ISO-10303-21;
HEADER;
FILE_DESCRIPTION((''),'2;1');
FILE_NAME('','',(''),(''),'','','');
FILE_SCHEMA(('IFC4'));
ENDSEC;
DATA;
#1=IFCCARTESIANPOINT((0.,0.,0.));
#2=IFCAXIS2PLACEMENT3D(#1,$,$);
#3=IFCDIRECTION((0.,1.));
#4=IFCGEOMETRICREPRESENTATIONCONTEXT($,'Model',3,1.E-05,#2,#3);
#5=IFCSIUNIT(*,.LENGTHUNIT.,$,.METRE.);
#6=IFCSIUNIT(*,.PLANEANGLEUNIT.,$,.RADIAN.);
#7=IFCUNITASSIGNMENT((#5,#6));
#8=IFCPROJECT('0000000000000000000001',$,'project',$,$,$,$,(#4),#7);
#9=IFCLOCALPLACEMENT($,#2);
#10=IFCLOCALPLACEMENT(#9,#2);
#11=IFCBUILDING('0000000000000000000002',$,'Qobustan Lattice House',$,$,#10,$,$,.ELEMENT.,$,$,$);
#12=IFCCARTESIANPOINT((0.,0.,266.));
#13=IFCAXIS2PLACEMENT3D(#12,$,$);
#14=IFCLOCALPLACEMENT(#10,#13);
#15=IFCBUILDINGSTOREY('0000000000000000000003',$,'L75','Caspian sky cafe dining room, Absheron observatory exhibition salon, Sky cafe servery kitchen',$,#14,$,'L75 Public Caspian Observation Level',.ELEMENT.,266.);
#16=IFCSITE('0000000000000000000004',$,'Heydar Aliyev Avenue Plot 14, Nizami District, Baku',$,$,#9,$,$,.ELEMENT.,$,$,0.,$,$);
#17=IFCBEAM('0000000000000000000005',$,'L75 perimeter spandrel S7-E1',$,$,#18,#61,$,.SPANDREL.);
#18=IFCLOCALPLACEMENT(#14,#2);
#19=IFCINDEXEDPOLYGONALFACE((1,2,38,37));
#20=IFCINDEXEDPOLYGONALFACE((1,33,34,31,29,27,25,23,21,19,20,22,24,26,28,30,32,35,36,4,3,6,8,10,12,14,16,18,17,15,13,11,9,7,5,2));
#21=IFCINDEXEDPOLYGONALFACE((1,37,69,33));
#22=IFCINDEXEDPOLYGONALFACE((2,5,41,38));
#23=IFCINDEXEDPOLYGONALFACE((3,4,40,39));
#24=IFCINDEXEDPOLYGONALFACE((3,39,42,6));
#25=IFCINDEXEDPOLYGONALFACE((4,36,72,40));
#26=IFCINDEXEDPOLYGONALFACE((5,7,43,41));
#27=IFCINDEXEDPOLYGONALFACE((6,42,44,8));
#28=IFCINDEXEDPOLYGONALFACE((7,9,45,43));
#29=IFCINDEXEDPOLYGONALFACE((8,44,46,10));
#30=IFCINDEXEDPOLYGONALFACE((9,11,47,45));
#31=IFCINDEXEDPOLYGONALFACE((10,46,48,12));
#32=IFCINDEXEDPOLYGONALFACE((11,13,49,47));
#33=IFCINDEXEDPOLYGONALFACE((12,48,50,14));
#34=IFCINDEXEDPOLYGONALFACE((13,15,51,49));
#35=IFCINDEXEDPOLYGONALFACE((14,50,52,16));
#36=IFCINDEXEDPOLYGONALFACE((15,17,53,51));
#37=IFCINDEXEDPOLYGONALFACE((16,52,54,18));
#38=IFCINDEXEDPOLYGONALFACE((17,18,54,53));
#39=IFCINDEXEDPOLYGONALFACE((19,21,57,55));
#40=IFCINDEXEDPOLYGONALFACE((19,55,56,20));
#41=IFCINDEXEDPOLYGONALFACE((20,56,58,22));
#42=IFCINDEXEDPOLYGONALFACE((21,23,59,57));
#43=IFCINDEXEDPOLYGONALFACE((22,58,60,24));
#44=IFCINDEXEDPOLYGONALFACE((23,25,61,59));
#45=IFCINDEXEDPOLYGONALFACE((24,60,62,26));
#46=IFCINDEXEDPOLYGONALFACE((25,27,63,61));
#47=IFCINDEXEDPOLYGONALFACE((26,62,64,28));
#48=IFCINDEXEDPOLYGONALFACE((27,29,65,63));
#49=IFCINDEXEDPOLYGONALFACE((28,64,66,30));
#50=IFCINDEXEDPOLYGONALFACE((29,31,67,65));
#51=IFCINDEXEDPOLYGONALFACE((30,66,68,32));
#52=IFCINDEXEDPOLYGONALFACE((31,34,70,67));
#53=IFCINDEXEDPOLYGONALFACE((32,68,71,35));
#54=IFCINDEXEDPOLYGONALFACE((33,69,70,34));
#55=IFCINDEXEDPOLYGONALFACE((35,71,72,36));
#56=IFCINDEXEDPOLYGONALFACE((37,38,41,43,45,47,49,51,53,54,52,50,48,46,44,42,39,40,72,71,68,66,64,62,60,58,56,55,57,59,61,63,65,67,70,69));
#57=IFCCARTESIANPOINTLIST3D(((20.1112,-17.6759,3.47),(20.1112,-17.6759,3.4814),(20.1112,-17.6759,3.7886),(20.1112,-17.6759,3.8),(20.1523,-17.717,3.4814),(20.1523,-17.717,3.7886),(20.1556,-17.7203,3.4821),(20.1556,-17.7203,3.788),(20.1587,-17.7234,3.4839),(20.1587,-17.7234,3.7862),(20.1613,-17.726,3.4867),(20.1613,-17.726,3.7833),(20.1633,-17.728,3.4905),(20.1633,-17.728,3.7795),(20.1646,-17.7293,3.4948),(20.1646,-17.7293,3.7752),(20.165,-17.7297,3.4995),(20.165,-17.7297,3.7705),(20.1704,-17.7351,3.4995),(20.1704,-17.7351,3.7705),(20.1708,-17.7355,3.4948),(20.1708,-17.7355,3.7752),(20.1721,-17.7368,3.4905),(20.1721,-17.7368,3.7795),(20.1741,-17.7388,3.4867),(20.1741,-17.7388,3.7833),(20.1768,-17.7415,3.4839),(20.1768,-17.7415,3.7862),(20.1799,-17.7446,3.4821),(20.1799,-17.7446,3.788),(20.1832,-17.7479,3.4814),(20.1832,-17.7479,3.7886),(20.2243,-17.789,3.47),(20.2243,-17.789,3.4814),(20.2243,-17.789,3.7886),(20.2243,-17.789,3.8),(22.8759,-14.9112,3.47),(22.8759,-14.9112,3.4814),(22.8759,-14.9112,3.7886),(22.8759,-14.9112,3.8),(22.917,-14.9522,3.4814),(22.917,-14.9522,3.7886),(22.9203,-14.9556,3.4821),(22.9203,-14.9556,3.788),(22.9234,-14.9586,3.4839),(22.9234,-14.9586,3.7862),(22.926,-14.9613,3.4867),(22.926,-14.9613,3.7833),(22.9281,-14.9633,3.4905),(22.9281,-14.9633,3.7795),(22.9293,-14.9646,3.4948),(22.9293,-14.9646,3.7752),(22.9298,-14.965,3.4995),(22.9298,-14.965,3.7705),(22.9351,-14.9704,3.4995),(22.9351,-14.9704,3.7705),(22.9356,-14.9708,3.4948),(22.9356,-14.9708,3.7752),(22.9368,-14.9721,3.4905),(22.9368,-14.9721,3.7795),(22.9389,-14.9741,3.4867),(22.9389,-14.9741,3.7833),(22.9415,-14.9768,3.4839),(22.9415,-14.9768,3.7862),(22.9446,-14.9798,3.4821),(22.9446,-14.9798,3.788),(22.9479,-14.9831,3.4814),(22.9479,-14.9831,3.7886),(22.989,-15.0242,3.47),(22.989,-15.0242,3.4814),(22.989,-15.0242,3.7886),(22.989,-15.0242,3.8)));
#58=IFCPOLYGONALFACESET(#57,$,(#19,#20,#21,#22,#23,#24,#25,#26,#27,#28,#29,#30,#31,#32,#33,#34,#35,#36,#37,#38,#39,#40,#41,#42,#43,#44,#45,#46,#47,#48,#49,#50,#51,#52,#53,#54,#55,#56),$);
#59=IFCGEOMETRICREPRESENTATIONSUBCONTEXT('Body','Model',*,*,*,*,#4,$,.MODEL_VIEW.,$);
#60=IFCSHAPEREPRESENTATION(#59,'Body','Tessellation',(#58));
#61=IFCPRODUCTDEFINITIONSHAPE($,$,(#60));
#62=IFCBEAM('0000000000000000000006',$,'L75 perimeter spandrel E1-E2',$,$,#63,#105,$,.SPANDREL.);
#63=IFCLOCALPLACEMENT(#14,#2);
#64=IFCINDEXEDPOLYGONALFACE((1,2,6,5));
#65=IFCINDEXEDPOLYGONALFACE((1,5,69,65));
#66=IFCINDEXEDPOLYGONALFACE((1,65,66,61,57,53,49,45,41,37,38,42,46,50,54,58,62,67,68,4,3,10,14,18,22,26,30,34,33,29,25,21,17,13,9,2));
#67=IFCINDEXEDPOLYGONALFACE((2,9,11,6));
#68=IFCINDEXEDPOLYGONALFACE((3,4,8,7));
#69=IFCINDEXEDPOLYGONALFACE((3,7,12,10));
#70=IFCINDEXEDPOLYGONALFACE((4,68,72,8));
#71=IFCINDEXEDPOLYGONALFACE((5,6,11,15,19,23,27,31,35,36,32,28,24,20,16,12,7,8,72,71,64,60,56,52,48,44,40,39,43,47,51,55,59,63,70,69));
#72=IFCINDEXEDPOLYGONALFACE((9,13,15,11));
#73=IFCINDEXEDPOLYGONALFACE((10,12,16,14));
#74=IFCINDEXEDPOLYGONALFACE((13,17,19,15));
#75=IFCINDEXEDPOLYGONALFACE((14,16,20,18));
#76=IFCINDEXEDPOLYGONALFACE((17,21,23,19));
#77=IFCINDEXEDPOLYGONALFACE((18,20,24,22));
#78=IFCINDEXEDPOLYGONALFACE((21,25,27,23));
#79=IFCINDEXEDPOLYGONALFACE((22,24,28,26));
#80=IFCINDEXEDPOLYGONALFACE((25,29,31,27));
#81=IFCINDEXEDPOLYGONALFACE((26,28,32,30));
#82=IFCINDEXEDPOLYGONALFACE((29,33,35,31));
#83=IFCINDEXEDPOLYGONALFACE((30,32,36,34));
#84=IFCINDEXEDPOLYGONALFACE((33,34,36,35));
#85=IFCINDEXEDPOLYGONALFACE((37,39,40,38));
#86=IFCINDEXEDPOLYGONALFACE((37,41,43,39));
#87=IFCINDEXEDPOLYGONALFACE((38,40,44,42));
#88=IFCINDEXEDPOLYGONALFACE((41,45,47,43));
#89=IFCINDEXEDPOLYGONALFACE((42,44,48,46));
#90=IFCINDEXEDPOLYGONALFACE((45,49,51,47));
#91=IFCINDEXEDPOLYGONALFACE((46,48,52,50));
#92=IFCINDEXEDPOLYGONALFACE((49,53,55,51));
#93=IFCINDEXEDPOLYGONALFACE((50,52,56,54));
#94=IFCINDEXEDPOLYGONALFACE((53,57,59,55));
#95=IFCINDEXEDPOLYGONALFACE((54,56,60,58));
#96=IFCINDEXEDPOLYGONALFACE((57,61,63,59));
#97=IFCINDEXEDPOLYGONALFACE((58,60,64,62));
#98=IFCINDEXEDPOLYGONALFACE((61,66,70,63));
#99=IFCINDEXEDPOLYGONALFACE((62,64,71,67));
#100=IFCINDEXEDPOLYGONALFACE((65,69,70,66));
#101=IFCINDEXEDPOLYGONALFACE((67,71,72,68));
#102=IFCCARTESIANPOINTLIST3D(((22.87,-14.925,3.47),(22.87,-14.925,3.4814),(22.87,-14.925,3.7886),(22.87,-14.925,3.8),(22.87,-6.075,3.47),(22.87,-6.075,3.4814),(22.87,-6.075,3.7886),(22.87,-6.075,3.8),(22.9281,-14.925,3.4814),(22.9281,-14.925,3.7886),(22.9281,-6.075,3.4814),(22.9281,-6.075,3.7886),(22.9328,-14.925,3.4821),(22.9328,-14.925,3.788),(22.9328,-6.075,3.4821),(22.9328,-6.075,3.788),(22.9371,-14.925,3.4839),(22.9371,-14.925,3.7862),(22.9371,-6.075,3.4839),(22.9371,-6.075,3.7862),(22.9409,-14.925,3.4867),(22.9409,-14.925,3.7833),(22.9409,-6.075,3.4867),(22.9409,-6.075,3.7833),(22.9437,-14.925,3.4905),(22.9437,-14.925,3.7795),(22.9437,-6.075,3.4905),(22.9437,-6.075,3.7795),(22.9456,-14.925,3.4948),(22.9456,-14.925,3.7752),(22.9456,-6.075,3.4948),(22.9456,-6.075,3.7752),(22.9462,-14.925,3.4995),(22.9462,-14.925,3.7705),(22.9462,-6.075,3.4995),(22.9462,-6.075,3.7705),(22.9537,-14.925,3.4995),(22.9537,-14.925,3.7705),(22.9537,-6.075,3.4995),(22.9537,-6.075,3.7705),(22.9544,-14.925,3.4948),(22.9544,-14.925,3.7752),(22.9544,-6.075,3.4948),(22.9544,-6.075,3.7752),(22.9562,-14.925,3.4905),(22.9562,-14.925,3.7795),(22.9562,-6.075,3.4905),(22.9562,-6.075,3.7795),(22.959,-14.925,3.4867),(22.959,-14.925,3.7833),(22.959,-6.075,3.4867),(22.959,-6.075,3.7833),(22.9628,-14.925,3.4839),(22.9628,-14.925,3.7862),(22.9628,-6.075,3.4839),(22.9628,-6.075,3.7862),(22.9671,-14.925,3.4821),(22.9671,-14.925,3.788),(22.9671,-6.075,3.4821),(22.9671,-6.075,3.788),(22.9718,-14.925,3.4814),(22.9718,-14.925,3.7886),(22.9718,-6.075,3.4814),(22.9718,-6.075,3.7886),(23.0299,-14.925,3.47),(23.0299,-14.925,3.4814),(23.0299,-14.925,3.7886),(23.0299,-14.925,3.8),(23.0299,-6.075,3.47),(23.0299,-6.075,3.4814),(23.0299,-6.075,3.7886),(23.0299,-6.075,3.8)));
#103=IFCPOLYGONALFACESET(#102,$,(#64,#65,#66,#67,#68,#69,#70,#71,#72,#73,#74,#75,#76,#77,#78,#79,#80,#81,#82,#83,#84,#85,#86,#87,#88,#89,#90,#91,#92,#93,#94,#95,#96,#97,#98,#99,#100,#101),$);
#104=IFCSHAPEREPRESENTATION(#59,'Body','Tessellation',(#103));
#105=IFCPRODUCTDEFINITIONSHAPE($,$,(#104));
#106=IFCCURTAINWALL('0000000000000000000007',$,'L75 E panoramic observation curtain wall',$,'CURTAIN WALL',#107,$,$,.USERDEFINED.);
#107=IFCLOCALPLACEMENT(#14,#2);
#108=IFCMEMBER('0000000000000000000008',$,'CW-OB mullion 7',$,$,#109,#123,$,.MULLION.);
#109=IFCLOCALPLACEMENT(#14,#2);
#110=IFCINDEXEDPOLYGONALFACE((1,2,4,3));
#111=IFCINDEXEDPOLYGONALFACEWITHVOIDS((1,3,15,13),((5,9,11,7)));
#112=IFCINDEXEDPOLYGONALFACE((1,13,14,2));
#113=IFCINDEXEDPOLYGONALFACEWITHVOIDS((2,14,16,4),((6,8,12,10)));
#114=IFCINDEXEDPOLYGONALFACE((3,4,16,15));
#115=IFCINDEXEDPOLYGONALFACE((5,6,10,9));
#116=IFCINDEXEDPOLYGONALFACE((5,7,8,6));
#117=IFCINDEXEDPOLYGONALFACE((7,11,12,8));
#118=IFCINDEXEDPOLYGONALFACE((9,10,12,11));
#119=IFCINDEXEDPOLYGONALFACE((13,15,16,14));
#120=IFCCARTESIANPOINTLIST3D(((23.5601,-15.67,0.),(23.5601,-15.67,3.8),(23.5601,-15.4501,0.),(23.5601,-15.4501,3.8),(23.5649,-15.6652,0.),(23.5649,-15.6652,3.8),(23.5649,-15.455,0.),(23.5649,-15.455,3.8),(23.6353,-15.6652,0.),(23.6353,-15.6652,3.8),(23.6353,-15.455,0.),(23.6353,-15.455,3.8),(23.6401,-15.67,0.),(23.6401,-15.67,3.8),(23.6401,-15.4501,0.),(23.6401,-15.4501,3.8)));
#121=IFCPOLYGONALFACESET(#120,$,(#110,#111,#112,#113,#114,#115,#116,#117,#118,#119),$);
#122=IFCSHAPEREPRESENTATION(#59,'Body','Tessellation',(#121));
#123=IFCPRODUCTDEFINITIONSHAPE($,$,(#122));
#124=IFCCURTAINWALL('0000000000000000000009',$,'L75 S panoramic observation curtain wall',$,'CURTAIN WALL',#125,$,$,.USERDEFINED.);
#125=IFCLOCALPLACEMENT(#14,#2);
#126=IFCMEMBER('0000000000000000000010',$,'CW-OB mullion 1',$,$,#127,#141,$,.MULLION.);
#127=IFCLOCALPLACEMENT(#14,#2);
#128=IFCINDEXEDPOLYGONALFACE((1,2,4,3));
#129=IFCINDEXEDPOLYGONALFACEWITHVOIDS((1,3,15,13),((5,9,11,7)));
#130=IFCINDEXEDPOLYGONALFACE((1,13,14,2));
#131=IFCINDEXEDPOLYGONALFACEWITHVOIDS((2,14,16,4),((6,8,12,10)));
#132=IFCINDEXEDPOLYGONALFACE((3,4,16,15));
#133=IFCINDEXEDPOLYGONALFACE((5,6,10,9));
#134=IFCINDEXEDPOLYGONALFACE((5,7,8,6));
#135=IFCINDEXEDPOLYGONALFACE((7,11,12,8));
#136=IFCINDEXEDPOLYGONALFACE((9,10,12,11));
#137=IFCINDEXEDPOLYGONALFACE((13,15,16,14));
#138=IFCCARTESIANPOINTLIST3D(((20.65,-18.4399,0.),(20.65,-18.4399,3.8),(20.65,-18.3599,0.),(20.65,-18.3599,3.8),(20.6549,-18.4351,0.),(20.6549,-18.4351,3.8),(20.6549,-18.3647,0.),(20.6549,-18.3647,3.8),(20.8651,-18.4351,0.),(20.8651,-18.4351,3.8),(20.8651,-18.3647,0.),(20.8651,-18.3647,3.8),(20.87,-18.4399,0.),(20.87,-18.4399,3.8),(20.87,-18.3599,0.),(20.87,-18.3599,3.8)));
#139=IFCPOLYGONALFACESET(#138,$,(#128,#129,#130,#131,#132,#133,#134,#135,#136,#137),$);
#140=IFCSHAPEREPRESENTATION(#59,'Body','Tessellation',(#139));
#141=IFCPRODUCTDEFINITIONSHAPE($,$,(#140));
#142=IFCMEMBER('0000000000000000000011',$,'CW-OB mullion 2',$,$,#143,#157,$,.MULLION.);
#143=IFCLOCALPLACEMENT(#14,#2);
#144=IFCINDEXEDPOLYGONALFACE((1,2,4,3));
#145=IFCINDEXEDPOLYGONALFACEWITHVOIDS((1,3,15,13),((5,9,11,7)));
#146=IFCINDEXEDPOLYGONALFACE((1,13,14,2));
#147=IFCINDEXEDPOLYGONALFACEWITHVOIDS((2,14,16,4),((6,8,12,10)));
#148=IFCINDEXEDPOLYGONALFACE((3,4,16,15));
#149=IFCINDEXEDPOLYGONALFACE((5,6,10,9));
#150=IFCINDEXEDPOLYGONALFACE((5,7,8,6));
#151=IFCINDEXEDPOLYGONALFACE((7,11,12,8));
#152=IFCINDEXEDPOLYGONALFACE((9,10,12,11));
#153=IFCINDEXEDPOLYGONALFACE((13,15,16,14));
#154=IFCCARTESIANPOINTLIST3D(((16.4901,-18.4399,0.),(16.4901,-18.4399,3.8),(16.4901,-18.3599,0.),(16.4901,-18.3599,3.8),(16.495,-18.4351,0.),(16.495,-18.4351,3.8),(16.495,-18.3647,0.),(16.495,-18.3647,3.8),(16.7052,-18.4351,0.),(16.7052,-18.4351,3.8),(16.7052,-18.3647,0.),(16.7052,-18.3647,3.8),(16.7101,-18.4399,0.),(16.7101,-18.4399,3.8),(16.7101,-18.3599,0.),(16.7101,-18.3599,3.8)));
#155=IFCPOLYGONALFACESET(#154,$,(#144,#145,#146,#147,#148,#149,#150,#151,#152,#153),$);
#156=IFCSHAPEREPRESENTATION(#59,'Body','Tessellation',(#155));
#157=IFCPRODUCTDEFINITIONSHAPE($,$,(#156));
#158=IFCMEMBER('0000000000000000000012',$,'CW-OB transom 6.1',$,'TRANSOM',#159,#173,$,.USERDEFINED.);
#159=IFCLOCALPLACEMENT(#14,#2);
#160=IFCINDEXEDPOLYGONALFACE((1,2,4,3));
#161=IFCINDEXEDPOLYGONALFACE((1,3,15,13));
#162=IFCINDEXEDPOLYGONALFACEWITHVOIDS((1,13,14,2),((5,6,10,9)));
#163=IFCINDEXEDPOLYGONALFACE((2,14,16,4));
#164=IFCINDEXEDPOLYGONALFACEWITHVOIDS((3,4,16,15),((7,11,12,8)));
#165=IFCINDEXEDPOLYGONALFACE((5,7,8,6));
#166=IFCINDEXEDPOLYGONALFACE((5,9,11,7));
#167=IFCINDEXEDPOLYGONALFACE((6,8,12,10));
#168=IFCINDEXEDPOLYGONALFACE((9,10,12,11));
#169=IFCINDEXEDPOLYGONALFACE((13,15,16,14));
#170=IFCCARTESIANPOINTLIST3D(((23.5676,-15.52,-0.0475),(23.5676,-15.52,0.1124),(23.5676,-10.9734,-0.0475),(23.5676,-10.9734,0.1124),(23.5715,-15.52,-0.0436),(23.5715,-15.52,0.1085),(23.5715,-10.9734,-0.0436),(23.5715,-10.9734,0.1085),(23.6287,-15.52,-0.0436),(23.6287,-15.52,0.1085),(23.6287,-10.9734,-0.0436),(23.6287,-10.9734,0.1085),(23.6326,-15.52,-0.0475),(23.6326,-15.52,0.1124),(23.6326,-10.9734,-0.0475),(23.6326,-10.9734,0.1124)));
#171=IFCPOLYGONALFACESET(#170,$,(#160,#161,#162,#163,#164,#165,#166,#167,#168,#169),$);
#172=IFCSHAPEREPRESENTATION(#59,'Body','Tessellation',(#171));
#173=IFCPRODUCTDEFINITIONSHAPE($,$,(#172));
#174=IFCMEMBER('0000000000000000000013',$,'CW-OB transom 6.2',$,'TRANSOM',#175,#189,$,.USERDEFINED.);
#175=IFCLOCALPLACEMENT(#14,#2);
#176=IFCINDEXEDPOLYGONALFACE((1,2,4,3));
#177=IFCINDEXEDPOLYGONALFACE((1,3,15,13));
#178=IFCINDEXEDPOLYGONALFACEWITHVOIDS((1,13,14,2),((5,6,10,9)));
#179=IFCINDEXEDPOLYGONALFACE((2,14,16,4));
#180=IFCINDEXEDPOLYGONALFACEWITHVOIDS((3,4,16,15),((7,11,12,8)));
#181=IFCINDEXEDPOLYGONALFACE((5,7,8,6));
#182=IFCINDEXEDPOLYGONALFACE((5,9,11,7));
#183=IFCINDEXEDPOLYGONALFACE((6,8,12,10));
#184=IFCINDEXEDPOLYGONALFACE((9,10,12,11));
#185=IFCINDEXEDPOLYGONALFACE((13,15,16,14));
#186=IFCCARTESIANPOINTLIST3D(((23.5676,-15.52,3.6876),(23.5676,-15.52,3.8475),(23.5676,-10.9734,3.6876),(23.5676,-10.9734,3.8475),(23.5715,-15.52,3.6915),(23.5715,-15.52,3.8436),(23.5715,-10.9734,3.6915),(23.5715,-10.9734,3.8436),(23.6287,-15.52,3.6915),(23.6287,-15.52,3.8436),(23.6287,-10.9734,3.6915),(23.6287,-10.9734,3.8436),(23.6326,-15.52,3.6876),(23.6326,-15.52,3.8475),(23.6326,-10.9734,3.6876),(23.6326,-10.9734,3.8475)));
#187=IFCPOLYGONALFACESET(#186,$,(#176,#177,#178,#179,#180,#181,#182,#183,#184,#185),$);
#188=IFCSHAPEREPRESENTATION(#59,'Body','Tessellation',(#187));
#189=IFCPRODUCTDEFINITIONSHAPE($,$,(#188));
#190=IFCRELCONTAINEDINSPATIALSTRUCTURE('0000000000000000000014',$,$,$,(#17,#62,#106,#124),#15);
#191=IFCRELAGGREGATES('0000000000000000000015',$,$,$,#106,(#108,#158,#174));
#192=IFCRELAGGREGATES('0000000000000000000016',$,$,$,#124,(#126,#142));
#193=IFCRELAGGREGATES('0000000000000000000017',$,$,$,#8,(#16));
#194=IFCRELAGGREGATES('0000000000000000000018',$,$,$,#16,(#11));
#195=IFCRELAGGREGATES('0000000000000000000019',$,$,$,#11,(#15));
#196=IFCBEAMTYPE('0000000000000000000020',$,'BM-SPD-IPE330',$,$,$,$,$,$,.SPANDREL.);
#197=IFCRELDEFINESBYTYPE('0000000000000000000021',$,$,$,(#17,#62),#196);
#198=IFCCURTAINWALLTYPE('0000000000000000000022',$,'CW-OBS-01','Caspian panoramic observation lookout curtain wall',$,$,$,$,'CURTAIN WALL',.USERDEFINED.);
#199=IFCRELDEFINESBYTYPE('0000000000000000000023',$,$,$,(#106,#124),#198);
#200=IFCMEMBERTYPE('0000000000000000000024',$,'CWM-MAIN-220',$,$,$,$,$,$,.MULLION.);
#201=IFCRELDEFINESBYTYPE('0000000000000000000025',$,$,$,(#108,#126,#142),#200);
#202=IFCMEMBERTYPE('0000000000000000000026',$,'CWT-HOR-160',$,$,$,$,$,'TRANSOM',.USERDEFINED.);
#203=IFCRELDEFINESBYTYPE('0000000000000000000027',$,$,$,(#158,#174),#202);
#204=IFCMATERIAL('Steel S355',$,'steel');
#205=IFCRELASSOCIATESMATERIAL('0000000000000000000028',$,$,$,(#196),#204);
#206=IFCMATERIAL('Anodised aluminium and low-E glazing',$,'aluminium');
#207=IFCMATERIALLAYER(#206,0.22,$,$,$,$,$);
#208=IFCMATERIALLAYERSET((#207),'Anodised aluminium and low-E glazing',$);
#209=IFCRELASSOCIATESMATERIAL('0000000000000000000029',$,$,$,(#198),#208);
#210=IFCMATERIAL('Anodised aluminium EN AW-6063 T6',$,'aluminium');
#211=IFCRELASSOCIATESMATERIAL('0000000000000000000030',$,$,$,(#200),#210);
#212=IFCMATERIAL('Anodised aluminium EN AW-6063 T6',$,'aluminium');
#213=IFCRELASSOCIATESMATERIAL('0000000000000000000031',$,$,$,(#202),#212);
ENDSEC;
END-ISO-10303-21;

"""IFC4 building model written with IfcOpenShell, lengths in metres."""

from ifc_helpers import new_model, si_unit, direction, frame, origin, origin_2d, place, context, subcontext, project, spatial, hollow_rectangle, i_section, extrude, material, layer, layer_set, material_profile, profile_set, type_object, element, aggregate, save


model = new_model("IFC4")

# Units and contexts
model_context = context("Model", 3, precision=1e-05, world=origin(), true_north=direction((0.0, 1.0)))
body_context = subcontext(model_context, "Body", "Model", "MODEL_VIEW")
ifc_project = project(units=[si_unit("LENGTHUNIT", "METRE"), si_unit("PLANEANGLEUNIT", "RADIAN")], contexts=[model_context])

# Site, building, storey
site_placement = place(None, origin())
site = spatial("IfcSite", under=ifc_project, at=site_placement, Name="Heydar Aliyev Avenue Plot 14, Nizami District, Baku", CompositionType="ELEMENT", RefElevation=0.0)
building_placement = place(site_placement, origin())
building = spatial("IfcBuilding", under=site, at=building_placement, Name="Qobustan Lattice House", CompositionType="ELEMENT")
storey_placement = place(building_placement, frame((0.0, 0.0, 266.0)))
storey = spatial("IfcBuildingStorey", under=building, at=storey_placement, Name="L75", Description="Caspian sky cafe dining room, Absheron observatory exhibition salon, Sky cafe servery kitchen", LongName="L75 Public Caspian Observation Level", CompositionType="ELEMENT", Elevation=266.0)

# Beams
ifc_material_1 = material(Name="Steel S355", Category="steel")
ifc_material_profile_1 = material_profile(ifc_material_1, i_section(OverallWidth=0.1599, OverallDepth=0.3301, WebThickness=0.0076, FlangeThickness=0.0115, FilletRadius=0.0181, at=origin_2d()), Name="IPE330")
ifc_profile_set_1 = profile_set([ifc_material_profile_1], Name="Steel S355")
beam_type_1 = type_object("IfcBeamType", Name="BM-SPD-IPE330", PredefinedType="SPANDREL", material=ifc_profile_set_1)
beam_1_placement = place(storey_placement, frame((20.1677, -17.7324, 3.635), z_axis=(0.707107, 0.707107, 0.0), x_axis=(-0.707107, 0.707107, 0.0)))
element("IfcBeam", 1, at=beam_1_placement, inside=storey, type_object=beam_type_1, Name="L75 perimeter spandrel S7-E1", PredefinedType="SPANDREL", context=body_context, shape_type="SweptSolid", body=[
    extrude(i_section(OverallWidth=0.1599, OverallDepth=0.3301, WebThickness=0.0076, FlangeThickness=0.0115, FilletRadius=0.0181, at=origin_2d()), origin(), (0.0, 0.0, 1.0), 3.9099),
])
beam_2_placement = place(storey_placement, frame((22.95, -14.925, 3.635), z_axis=(0.0, 1.0, 0.0), x_axis=(-1.0, 0.0, 0.0)))
element("IfcBeam", 2, at=beam_2_placement, inside=storey, type_object=beam_type_1, Name="L75 perimeter spandrel E1-E2", PredefinedType="SPANDREL", context=body_context, shape_type="SweptSolid", body=[
    extrude(i_section(OverallWidth=0.1599, OverallDepth=0.3301, WebThickness=0.0076, FlangeThickness=0.0115, FilletRadius=0.0181, at=origin_2d()), origin(), (0.0, 0.0, 1.0), 8.8501),
])

# Curtain wall, member
ifc_material_2 = material(Name="Anodised aluminium and low-E glazing", Category="aluminium")
ifc_layer_1 = layer(ifc_material_2, 0.22)
ifc_layer_set_1 = layer_set([ifc_layer_1], Name="Anodised aluminium and low-E glazing")
curtain_wall_type = type_object("IfcCurtainWallType", Name="CW-OBS-01", Description="Caspian panoramic observation lookout curtain wall", ElementType="CURTAIN WALL", PredefinedType="USERDEFINED", material=ifc_layer_set_1)
curtain_wall_1_placement = place(storey_placement, origin())
curtain_wall_1 = element("IfcCurtainWall", 3, at=curtain_wall_1_placement, inside=storey, type_object=curtain_wall_type, Name="L75 E panoramic observation curtain wall", ObjectType="CURTAIN WALL", PredefinedType="USERDEFINED")
ifc_material_3 = material(Name="Anodised aluminium EN AW-6063 T6", Category="aluminium")
ifc_material_profile_2 = material_profile(ifc_material_3, hollow_rectangle(XDim=0.0801, YDim=0.22, WallThickness=0.0049, at=origin_2d()), Name="CWM-220x80")
ifc_profile_set_2 = profile_set([ifc_material_profile_2], Name="Anodised aluminium EN AW-6063 T6")
member_type_1 = type_object("IfcMemberType", Name="CWM-MAIN-220", PredefinedType="MULLION", material=ifc_profile_set_2)
member_1_placement = place(storey_placement, frame((23.6001, -15.5601, 0.0), z_axis=(0.0, 0.0, 1.0), x_axis=(1.0, 0.0, 0.0)))
member_1 = element("IfcMember", 4, at=member_1_placement, type_object=member_type_1, Name="CW-OB mullion 7", PredefinedType="MULLION", context=body_context, shape_type="SweptSolid", body=[
    extrude(hollow_rectangle(XDim=0.0801, YDim=0.22, WallThickness=0.0049, at=origin_2d()), origin(), (0.0, 0.0, 1.0), 3.8),
])

# Curtain wall, members
curtain_wall_2_placement = place(storey_placement, origin())
curtain_wall_2 = element("IfcCurtainWall", 5, at=curtain_wall_2_placement, inside=storey, type_object=curtain_wall_type, Name="L75 S panoramic observation curtain wall", ObjectType="CURTAIN WALL", PredefinedType="USERDEFINED")
member_2_placement = place(storey_placement, frame((20.76, -18.3999, 0.0), z_axis=(0.0, 0.0, 1.0), x_axis=(0.0, -1.0, 0.0)))
member_2 = element("IfcMember", 6, at=member_2_placement, type_object=member_type_1, Name="CW-OB mullion 1", PredefinedType="MULLION", context=body_context, shape_type="SweptSolid", body=[
    extrude(hollow_rectangle(XDim=0.0801, YDim=0.22, WallThickness=0.0049, at=origin_2d()), origin(), (0.0, 0.0, 1.0), 3.8),
])
member_3_placement = place(storey_placement, frame((16.6001, -18.3999, 0.0), z_axis=(0.0, 0.0, 1.0), x_axis=(0.0, -1.0, 0.0)))
member_3 = element("IfcMember", 7, at=member_3_placement, type_object=member_type_1, Name="CW-OB mullion 2", PredefinedType="MULLION", context=body_context, shape_type="SweptSolid", body=[
    extrude(hollow_rectangle(XDim=0.0801, YDim=0.22, WallThickness=0.0049, at=origin_2d()), origin(), (0.0, 0.0, 1.0), 3.8),
])

# Members
ifc_material_4 = material(Name="Anodised aluminium EN AW-6063 T6", Category="aluminium")
ifc_material_profile_3 = material_profile(ifc_material_4, hollow_rectangle(XDim=0.0649, YDim=0.1599, WallThickness=0.0039, at=origin_2d()), Name="CWT-160x65")
ifc_profile_set_3 = profile_set([ifc_material_profile_3], Name="Anodised aluminium EN AW-6063 T6")
member_type_2 = type_object("IfcMemberType", Name="CWT-HOR-160", ElementType="TRANSOM", PredefinedType="USERDEFINED", material=ifc_profile_set_3)
member_4_placement = place(storey_placement, frame((23.6001, -10.9734, 0.0325), z_axis=(0.0, -1.0, 0.0), x_axis=(1.0, 0.0, 0.0)))
member_4 = element("IfcMember", 8, at=member_4_placement, type_object=member_type_2, Name="CW-OB transom 6.1", ObjectType="TRANSOM", PredefinedType="USERDEFINED", context=body_context, shape_type="SweptSolid", body=[
    extrude(hollow_rectangle(XDim=0.0649, YDim=0.1599, WallThickness=0.0039, at=origin_2d()), origin(), (0.0, 0.0, 1.0), 4.5466),
])
member_5_placement = place(storey_placement, frame((23.6001, -10.9734, 3.7676), z_axis=(0.0, -1.0, 0.0), x_axis=(1.0, 0.0, 0.0)))
member_5 = element("IfcMember", 9, at=member_5_placement, type_object=member_type_2, Name="CW-OB transom 6.2", ObjectType="TRANSOM", PredefinedType="USERDEFINED", context=body_context, shape_type="SweptSolid", body=[
    extrude(hollow_rectangle(XDim=0.0649, YDim=0.1599, WallThickness=0.0039, at=origin_2d()), origin(), (0.0, 0.0, 1.0), 4.5466),
])

aggregate(curtain_wall_1, [member_1, member_4, member_5])
aggregate(curtain_wall_2, [member_2, member_3])

save(model, "model.ifc")
